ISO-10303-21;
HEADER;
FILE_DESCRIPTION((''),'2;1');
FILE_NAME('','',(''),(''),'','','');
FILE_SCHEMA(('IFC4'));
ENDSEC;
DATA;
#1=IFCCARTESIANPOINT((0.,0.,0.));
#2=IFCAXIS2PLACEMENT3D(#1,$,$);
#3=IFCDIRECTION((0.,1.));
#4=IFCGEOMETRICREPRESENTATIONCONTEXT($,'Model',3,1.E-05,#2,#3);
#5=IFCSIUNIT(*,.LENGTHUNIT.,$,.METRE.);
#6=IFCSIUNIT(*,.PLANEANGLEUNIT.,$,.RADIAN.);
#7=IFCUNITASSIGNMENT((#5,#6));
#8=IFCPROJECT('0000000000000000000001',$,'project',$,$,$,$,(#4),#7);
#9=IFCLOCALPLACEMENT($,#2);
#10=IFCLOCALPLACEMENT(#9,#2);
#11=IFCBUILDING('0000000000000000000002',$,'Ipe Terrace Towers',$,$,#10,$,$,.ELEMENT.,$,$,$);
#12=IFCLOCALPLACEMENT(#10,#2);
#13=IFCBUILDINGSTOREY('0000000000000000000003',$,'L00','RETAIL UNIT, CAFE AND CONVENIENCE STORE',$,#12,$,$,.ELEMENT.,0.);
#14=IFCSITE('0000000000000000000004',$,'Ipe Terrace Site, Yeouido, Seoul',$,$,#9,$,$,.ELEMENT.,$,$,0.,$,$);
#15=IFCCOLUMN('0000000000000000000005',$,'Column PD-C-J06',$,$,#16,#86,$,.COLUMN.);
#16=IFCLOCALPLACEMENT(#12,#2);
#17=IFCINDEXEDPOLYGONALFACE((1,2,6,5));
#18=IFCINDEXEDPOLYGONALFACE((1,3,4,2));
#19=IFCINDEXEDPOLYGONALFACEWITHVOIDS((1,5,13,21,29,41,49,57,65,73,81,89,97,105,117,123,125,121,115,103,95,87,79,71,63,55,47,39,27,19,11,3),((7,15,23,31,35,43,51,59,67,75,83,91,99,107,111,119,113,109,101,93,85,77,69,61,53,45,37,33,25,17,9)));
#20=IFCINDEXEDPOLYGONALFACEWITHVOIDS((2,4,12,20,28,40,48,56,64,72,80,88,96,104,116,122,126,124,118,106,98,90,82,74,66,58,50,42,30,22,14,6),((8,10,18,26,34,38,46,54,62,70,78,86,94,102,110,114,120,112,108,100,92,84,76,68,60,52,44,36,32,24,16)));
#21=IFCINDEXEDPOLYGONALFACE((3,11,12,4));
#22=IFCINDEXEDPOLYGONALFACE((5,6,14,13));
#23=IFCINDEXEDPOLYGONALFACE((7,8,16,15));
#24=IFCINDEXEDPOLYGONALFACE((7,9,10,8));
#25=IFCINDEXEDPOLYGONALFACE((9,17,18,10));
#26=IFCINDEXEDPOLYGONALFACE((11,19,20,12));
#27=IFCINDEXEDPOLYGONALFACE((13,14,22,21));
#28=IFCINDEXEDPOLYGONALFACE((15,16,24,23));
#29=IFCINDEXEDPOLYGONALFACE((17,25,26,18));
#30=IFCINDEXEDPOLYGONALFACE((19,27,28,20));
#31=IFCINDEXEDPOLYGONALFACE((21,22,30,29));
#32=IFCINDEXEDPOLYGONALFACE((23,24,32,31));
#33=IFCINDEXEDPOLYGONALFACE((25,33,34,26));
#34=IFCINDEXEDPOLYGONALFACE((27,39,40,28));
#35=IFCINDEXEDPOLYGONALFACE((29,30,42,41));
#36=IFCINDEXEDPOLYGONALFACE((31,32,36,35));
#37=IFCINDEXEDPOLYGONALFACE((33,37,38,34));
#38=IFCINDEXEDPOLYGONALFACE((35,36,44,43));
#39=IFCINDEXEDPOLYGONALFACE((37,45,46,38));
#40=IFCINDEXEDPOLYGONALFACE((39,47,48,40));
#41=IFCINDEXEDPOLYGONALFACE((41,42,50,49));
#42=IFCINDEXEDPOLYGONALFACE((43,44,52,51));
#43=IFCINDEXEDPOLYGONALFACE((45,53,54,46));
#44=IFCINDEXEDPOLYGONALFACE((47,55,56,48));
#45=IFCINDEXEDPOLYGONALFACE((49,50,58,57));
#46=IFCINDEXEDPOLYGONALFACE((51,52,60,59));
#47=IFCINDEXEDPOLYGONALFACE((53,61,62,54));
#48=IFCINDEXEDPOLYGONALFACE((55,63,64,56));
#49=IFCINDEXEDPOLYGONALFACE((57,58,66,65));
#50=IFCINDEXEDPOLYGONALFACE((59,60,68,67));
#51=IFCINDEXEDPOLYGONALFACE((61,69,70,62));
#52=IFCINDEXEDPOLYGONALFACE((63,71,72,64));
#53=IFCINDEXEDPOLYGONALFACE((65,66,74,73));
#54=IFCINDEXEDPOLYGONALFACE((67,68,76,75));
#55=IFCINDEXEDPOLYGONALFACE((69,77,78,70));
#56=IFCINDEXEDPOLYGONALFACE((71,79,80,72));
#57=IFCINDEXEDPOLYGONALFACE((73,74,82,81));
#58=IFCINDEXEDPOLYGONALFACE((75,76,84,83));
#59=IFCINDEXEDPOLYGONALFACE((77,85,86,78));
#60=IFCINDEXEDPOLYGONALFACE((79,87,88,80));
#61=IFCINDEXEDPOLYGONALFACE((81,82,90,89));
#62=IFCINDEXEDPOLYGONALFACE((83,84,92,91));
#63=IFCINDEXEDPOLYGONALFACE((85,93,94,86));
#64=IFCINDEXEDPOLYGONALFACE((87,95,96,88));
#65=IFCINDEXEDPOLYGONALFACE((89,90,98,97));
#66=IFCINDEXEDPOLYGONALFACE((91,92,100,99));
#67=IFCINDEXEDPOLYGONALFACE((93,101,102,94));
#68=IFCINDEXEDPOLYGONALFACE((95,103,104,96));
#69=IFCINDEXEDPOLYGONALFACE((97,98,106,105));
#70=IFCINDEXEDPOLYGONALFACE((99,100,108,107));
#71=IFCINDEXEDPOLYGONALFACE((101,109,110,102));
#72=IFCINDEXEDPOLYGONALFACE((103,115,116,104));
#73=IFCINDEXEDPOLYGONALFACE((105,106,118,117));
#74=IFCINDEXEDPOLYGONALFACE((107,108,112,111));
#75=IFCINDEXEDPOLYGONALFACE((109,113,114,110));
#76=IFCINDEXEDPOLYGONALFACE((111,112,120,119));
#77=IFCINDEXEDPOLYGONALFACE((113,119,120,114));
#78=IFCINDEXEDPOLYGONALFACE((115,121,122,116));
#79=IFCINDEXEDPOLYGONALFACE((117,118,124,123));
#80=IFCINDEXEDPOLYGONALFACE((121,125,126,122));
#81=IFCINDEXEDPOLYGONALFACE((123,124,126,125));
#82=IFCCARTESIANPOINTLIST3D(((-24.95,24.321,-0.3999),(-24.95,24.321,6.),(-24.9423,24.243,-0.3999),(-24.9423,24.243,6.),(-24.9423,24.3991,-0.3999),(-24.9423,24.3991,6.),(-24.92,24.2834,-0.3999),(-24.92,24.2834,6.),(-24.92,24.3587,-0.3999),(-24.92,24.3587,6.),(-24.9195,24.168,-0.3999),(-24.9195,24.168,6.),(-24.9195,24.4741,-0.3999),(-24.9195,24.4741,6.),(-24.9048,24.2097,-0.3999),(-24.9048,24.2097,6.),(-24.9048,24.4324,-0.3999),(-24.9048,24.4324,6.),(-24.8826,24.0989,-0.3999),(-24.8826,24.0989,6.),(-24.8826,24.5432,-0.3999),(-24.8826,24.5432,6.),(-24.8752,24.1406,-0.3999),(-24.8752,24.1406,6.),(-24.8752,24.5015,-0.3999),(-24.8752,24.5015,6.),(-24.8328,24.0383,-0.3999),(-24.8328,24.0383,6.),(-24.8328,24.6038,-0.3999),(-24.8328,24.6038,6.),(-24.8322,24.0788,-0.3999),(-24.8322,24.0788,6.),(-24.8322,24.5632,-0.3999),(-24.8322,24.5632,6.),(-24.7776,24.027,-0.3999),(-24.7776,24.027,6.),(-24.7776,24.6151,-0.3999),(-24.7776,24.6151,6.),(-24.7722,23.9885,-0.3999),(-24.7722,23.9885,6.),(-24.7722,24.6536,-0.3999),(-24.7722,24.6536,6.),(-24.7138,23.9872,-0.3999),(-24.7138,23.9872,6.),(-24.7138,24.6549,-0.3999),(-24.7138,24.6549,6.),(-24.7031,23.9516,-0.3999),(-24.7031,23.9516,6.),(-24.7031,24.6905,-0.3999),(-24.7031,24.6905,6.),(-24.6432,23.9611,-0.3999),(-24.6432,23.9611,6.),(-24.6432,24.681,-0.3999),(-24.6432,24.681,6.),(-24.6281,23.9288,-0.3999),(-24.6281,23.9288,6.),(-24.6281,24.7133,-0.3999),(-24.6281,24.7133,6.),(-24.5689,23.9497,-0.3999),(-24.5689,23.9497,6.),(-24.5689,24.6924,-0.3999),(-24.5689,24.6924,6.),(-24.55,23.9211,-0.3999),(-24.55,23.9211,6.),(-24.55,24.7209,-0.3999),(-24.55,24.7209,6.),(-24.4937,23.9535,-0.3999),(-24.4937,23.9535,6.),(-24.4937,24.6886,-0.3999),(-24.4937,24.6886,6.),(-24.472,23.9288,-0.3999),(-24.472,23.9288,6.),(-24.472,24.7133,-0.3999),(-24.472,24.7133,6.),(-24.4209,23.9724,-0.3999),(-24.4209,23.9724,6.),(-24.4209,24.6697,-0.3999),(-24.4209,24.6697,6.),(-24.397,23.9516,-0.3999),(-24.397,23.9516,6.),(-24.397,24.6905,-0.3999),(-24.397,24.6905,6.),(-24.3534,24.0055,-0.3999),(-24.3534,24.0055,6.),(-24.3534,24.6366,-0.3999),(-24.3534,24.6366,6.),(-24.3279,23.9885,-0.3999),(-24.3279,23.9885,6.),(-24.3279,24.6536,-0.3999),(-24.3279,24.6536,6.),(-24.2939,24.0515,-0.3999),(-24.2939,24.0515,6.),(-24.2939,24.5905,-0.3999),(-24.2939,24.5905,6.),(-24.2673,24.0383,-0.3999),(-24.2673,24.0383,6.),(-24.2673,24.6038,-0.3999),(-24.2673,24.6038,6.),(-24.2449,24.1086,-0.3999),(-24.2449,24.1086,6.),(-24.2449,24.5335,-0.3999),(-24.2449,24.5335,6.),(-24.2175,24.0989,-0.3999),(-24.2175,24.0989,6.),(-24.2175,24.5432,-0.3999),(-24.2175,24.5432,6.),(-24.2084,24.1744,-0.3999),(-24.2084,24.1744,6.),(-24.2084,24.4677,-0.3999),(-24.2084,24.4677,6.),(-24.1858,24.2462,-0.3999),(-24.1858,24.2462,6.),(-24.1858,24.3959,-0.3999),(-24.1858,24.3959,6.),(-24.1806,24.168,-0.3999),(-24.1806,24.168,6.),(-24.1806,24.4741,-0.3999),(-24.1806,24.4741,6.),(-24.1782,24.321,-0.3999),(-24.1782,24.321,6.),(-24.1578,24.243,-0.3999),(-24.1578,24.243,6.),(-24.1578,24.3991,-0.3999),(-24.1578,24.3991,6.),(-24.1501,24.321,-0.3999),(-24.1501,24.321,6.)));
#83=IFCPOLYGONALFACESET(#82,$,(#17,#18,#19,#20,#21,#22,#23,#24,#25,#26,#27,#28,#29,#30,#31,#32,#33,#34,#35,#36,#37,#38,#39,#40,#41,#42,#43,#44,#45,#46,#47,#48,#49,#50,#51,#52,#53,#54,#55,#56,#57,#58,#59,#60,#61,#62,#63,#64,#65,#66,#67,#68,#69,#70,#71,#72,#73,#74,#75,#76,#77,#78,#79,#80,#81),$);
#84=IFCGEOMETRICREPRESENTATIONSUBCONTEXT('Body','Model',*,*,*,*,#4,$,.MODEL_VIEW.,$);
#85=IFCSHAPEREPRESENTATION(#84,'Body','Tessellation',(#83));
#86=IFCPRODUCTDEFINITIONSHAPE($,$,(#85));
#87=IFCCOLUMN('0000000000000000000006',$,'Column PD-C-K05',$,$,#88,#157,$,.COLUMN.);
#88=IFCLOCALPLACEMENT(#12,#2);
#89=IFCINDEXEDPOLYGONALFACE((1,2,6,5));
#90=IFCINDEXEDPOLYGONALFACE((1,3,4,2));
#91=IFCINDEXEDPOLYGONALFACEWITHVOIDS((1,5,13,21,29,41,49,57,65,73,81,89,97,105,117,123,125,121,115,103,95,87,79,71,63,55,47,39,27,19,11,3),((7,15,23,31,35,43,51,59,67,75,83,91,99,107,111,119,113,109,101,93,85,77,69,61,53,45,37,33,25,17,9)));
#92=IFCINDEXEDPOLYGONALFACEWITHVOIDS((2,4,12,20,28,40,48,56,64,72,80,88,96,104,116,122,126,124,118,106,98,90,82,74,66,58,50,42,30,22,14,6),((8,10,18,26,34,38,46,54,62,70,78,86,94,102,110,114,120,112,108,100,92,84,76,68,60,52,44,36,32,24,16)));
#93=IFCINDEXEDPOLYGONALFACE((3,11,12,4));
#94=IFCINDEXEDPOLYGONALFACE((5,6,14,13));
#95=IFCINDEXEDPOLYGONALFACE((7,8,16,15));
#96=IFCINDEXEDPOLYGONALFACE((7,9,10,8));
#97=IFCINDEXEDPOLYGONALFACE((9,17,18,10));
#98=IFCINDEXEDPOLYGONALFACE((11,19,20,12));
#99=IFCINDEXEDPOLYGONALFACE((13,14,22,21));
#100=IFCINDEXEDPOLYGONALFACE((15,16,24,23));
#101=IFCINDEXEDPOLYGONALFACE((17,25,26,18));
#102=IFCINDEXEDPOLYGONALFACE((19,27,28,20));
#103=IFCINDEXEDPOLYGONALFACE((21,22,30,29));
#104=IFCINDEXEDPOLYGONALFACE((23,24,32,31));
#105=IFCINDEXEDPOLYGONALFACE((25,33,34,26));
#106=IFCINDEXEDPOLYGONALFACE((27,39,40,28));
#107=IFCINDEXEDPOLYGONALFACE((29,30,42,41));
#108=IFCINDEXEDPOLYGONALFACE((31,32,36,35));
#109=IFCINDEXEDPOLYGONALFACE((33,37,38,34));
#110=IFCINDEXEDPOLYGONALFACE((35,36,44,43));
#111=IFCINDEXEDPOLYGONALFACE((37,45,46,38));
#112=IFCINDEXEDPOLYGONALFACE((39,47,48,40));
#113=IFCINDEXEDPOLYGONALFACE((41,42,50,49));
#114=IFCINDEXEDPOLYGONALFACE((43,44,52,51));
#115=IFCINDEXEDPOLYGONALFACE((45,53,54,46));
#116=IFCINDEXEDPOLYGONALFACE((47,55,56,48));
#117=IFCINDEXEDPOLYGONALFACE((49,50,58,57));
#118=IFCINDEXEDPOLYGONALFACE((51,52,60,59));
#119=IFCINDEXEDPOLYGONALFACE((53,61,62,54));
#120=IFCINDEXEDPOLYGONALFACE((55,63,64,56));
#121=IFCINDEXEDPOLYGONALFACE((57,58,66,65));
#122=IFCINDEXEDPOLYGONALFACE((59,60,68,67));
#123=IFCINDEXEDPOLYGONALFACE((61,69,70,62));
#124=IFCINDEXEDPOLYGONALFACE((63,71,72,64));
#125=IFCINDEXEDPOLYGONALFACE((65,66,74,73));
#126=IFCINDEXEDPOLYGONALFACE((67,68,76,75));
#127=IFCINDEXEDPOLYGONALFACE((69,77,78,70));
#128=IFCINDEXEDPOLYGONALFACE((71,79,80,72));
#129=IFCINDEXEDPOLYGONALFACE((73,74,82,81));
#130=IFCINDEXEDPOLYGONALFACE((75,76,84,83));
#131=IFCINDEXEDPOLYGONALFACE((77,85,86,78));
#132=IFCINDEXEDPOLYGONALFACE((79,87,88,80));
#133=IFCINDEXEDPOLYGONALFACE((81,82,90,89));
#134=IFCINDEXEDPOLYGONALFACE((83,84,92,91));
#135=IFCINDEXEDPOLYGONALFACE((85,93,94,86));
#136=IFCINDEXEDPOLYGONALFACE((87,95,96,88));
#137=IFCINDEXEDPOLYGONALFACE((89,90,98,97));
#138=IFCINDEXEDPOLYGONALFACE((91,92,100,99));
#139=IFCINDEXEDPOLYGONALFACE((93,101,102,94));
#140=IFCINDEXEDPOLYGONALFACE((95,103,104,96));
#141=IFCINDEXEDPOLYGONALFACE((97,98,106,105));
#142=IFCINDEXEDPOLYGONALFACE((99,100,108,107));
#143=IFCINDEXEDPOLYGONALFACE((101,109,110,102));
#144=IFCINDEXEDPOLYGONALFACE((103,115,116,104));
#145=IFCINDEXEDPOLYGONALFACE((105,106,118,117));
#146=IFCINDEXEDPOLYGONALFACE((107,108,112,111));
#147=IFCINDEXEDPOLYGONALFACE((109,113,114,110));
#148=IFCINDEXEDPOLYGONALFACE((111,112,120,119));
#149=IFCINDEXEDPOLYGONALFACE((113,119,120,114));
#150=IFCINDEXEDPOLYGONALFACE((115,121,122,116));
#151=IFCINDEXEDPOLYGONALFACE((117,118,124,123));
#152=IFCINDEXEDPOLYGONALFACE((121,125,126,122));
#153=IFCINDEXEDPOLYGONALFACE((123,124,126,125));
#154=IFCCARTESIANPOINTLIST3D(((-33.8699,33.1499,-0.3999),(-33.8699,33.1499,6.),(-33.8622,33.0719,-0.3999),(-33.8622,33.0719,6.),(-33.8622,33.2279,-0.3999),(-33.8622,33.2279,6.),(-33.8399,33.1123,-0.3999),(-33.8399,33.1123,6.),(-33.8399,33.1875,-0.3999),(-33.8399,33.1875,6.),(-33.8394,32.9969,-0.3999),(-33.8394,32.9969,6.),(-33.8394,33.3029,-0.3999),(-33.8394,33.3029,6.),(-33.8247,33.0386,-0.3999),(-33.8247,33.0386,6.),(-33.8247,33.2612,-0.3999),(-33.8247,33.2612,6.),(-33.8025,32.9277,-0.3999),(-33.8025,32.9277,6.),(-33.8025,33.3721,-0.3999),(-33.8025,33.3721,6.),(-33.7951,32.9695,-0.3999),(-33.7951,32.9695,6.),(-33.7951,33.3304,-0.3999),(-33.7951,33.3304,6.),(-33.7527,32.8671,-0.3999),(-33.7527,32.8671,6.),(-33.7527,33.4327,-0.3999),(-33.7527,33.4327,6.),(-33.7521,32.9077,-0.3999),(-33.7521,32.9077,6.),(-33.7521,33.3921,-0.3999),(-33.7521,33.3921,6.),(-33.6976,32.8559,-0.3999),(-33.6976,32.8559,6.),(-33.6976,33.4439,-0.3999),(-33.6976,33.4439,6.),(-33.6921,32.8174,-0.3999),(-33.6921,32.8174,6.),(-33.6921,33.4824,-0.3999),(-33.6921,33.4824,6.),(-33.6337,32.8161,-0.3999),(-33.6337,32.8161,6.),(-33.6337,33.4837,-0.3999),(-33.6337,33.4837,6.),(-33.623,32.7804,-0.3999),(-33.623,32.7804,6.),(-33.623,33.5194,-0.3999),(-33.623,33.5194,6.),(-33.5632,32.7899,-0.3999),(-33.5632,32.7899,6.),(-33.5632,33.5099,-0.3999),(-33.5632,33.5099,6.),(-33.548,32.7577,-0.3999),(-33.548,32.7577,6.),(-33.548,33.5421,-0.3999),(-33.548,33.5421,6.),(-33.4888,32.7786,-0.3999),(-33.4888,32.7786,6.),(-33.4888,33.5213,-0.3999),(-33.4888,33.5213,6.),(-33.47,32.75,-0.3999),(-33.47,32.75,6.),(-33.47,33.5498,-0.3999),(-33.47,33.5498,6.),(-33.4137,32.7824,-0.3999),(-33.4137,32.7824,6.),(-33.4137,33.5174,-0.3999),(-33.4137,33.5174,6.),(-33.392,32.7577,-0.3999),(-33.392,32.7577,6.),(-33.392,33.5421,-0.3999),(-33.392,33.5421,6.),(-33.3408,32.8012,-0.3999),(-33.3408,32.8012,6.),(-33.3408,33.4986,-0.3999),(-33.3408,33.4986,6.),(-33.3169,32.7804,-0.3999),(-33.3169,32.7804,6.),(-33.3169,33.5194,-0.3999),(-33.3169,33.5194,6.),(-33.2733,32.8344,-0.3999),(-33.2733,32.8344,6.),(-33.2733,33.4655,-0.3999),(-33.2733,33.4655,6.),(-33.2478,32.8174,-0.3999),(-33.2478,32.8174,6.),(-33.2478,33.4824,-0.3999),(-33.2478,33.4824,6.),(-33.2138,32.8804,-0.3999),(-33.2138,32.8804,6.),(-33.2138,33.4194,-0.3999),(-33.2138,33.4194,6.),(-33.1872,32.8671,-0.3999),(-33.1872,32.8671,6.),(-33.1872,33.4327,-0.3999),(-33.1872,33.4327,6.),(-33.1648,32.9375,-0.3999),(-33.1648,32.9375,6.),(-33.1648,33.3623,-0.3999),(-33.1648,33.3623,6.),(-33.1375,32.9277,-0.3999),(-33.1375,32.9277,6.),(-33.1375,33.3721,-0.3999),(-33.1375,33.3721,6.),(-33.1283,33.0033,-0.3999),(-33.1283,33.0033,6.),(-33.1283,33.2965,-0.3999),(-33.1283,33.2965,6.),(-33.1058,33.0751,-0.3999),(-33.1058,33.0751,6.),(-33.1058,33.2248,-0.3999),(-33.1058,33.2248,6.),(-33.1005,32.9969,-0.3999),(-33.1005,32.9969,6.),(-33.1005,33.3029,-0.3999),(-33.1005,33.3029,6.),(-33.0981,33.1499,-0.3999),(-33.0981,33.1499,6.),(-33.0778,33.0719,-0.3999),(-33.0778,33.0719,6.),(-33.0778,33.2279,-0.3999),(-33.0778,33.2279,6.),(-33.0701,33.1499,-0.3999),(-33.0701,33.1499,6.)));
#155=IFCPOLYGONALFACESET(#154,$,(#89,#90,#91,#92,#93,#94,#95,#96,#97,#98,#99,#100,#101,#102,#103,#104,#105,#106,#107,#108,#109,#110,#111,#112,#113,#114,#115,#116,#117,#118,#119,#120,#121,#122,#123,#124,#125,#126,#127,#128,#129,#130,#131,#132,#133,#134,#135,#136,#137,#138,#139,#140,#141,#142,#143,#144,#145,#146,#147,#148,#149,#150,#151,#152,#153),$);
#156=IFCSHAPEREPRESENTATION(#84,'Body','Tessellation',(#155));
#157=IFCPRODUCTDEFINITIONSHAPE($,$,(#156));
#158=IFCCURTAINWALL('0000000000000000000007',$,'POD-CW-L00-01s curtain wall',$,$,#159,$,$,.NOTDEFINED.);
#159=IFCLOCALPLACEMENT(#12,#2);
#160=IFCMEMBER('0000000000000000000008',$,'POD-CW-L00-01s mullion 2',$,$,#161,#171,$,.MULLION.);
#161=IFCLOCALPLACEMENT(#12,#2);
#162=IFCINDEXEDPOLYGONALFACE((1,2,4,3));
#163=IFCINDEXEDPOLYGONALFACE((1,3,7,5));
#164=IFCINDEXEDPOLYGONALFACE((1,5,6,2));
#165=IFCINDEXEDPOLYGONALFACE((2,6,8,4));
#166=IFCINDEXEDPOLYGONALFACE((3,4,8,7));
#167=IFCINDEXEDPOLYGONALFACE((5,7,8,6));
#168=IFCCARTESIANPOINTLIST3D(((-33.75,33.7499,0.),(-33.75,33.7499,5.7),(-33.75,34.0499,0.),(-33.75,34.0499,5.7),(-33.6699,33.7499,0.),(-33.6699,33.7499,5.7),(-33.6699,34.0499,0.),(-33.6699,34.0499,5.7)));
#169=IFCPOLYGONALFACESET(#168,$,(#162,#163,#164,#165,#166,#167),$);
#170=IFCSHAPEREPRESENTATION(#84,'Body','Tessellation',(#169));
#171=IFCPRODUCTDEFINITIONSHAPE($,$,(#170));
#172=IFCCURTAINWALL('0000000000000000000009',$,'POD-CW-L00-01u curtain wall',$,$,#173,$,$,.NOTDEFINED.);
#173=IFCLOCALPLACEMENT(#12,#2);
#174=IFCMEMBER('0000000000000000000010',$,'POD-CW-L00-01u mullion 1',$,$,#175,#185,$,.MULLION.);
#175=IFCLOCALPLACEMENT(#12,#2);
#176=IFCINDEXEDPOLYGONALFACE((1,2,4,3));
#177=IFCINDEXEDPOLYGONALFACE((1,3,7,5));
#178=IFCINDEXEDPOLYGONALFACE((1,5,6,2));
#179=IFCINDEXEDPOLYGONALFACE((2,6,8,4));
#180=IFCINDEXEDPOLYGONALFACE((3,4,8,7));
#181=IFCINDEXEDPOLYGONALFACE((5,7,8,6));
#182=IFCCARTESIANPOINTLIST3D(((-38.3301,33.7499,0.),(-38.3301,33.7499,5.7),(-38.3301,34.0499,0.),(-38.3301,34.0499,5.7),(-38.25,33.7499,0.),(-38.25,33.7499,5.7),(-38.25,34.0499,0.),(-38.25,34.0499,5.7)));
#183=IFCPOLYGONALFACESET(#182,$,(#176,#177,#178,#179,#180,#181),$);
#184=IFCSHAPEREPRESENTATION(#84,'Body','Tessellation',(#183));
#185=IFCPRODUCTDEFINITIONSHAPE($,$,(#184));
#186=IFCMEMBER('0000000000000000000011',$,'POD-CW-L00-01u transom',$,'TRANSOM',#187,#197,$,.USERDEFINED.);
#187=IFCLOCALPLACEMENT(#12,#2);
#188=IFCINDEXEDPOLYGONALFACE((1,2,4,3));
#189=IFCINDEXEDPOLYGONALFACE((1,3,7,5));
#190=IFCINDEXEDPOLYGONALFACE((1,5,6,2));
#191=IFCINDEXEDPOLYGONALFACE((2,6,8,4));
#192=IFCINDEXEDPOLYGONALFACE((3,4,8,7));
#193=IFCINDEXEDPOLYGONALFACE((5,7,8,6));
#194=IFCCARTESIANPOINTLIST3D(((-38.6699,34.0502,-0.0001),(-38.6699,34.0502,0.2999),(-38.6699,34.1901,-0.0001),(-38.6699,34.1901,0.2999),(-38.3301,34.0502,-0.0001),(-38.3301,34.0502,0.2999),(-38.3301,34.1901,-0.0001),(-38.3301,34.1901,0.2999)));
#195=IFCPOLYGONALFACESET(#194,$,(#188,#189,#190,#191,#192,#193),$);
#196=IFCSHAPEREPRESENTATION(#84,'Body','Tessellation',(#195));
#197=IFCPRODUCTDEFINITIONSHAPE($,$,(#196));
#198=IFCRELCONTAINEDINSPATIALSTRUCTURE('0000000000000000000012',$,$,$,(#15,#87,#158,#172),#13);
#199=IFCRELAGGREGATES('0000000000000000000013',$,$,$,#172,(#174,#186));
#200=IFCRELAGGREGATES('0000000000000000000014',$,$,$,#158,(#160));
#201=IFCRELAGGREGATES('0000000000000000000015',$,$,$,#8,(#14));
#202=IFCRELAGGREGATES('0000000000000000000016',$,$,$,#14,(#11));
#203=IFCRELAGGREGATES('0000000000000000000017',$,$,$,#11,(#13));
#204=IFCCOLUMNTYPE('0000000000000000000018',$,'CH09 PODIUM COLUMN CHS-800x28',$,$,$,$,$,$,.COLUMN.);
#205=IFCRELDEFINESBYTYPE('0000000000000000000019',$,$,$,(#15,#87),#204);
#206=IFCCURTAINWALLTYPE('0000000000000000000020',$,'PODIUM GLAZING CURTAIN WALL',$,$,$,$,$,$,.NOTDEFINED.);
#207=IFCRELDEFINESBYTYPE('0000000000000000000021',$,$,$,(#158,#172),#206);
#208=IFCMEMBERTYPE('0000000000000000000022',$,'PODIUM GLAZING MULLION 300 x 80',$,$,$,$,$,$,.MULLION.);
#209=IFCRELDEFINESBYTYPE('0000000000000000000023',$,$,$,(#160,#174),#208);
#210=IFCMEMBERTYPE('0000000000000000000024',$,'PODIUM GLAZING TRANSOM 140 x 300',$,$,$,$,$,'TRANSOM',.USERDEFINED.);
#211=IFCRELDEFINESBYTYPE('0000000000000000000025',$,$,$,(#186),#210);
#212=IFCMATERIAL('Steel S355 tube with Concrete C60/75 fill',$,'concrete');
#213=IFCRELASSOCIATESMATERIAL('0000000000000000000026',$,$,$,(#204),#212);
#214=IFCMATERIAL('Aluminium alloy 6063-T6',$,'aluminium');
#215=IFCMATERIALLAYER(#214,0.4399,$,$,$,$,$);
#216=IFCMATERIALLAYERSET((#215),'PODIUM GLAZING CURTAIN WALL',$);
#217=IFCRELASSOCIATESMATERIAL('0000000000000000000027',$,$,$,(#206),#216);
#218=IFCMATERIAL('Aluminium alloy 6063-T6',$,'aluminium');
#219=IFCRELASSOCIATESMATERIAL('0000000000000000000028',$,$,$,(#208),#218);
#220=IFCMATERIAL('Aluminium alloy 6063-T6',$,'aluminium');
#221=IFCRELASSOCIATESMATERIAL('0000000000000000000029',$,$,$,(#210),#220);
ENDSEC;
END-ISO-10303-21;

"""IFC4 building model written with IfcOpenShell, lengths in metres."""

from ifc_helpers import new_model, si_unit, direction, frame, origin, origin_2d, place, context, subcontext, project, spatial, rectangle, hollow_circle, extrude, material, layer, layer_set, material_profile, profile_set, type_object, element, aggregate, save


model = new_model("IFC4")

# Units and contexts
model_context = context("Model", 3, precision=1e-05, world=origin(), true_north=direction((0.0, 1.0)))
body_context = subcontext(model_context, "Body", "Model", "MODEL_VIEW")
ifc_project = project(units=[si_unit("LENGTHUNIT", "METRE"), si_unit("PLANEANGLEUNIT", "RADIAN")], contexts=[model_context])

# Site, building, storey
site_placement = place(None, origin())
site = spatial("IfcSite", under=ifc_project, at=site_placement, Name="Ipe Terrace Site, Yeouido, Seoul", CompositionType="ELEMENT", RefElevation=0.0)
building_placement = place(site_placement, origin())
building = spatial("IfcBuilding", under=site, at=building_placement, Name="Ipe Terrace Towers", CompositionType="ELEMENT")
storey_placement = place(building_placement, origin())
storey = spatial("IfcBuildingStorey", under=building, at=storey_placement, Name="L00", Description="RETAIL UNIT, CAFE AND CONVENIENCE STORE", CompositionType="ELEMENT", Elevation=0.0)

# Columns
ifc_material_1 = material(Name="Steel S355 tube with Concrete C60/75 fill", Category="concrete")
ifc_material_profile_1 = material_profile(ifc_material_1, hollow_circle(Radius=0.3999, WallThickness=0.0281, at=origin_2d()), Name="CHS-800x28")
ifc_profile_set_1 = profile_set([ifc_material_profile_1], Name="Steel S355 tube with Concrete C60/75 fill")
column_type_1 = type_object("IfcColumnType", Name="CH09 PODIUM COLUMN CHS-800x28", PredefinedType="COLUMN", material=ifc_profile_set_1)
for number, where, z_axis, x_axis, name in (
    (1, (-24.55, 24.321, -0.3999), (0.0, 0.0, 1.0), (1.0, 0.0, 0.0), "Column PD-C-J06"),
    (2, (-33.47, 33.1499, -0.3999), (0.0, 0.0, 1.0), (1.0, 0.0, 0.0), "Column PD-C-K05"),
):
    element("IfcColumn", number, at=place(storey_placement, frame(where, z_axis=z_axis, x_axis=x_axis)), inside=storey, type_object=column_type_1, Name=name, PredefinedType="COLUMN", context=body_context, shape_type="SweptSolid", body=[
        extrude(hollow_circle(Radius=0.3999, WallThickness=0.0281, at=origin_2d()), origin(), (0.0, 0.0, 1.0), 6.3999),
    ])

# Curtain wall, member
ifc_material_2 = material(Name="Aluminium alloy 6063-T6", Category="aluminium")
ifc_layer_1 = layer(ifc_material_2, 0.4399)
ifc_layer_set_1 = layer_set([ifc_layer_1], Name="PODIUM GLAZING CURTAIN WALL")
curtain_wall_type = type_object("IfcCurtainWallType", Name="PODIUM GLAZING CURTAIN WALL", PredefinedType="NOTDEFINED", material=ifc_layer_set_1)
curtain_wall_1_placement = place(storey_placement, origin())
curtain_wall_1 = element("IfcCurtainWall", 3, at=curtain_wall_1_placement, inside=storey, type_object=curtain_wall_type, Name="POD-CW-L00-01s curtain wall", PredefinedType="NOTDEFINED")
ifc_material_3 = material(Name="Aluminium alloy 6063-T6", Category="aluminium")
ifc_material_profile_2 = material_profile(ifc_material_3, rectangle(XDim=0.3, YDim=0.0801, at=origin_2d()), Name="PODIUM GLAZING MULLION 300 x 80")
ifc_profile_set_2 = profile_set([ifc_material_profile_2], Name="Aluminium alloy 6063-T6")
member_type_1 = type_object("IfcMemberType", Name="PODIUM GLAZING MULLION 300 x 80", PredefinedType="MULLION", material=ifc_profile_set_2)
member_1_placement = place(storey_placement, frame((-33.71, 33.8999, 0.0), z_axis=(0.0, 0.0, 1.0), x_axis=(0.0, 1.0, 0.0)))
member_1 = element("IfcMember", 4, at=member_1_placement, type_object=member_type_1, Name="POD-CW-L00-01s mullion 2", PredefinedType="MULLION", context=body_context, shape_type="SweptSolid", body=[
    extrude(rectangle(XDim=0.3, YDim=0.0801, at=origin_2d()), origin(), (0.0, 0.0, 1.0), 5.7),
])

# Curtain wall, members
curtain_wall_2_placement = place(storey_placement, origin())
curtain_wall_2 = element("IfcCurtainWall", 5, at=curtain_wall_2_placement, inside=storey, type_object=curtain_wall_type, Name="POD-CW-L00-01u curtain wall", PredefinedType="NOTDEFINED")
member_2_placement = place(storey_placement, frame((-38.29, 33.8999, 0.0), z_axis=(0.0, 0.0, 1.0), x_axis=(0.0, 1.0, 0.0)))
member_2 = element("IfcMember", 6, at=member_2_placement, type_object=member_type_1, Name="POD-CW-L00-01u mullion 1", PredefinedType="MULLION", context=body_context, shape_type="SweptSolid", body=[
    extrude(rectangle(XDim=0.3, YDim=0.0801, at=origin_2d()), origin(), (0.0, 0.0, 1.0), 5.7),
])
ifc_material_4 = material(Name="Aluminium alloy 6063-T6", Category="aluminium")
ifc_material_profile_3 = material_profile(ifc_material_4, rectangle(XDim=0.1399, YDim=0.3, at=origin_2d()), Name="PODIUM GLAZING TRANSOM 140 x 300")
ifc_profile_set_3 = profile_set([ifc_material_profile_3], Name="Aluminium alloy 6063-T6")
member_type_2 = type_object("IfcMemberType", Name="PODIUM GLAZING TRANSOM 140 x 300", ElementType="TRANSOM", PredefinedType="USERDEFINED", material=ifc_profile_set_3)
member_3_placement = place(storey_placement, frame((-38.3301, 34.1201, 0.1499), z_axis=(-1.0, 0.0, 0.0), x_axis=(0.0, 1.0, 0.0)))
member_3 = element("IfcMember", 7, at=member_3_placement, type_object=member_type_2, Name="POD-CW-L00-01u transom", ObjectType="TRANSOM", PredefinedType="USERDEFINED", context=body_context, shape_type="SweptSolid", body=[
    extrude(rectangle(XDim=0.1399, YDim=0.3, at=origin_2d()), origin(), (0.0, 0.0, 1.0), 0.3398),
])
aggregate(curtain_wall_2, [member_2, member_3])

aggregate(curtain_wall_1, [member_1])

save(model, "model.ifc")
